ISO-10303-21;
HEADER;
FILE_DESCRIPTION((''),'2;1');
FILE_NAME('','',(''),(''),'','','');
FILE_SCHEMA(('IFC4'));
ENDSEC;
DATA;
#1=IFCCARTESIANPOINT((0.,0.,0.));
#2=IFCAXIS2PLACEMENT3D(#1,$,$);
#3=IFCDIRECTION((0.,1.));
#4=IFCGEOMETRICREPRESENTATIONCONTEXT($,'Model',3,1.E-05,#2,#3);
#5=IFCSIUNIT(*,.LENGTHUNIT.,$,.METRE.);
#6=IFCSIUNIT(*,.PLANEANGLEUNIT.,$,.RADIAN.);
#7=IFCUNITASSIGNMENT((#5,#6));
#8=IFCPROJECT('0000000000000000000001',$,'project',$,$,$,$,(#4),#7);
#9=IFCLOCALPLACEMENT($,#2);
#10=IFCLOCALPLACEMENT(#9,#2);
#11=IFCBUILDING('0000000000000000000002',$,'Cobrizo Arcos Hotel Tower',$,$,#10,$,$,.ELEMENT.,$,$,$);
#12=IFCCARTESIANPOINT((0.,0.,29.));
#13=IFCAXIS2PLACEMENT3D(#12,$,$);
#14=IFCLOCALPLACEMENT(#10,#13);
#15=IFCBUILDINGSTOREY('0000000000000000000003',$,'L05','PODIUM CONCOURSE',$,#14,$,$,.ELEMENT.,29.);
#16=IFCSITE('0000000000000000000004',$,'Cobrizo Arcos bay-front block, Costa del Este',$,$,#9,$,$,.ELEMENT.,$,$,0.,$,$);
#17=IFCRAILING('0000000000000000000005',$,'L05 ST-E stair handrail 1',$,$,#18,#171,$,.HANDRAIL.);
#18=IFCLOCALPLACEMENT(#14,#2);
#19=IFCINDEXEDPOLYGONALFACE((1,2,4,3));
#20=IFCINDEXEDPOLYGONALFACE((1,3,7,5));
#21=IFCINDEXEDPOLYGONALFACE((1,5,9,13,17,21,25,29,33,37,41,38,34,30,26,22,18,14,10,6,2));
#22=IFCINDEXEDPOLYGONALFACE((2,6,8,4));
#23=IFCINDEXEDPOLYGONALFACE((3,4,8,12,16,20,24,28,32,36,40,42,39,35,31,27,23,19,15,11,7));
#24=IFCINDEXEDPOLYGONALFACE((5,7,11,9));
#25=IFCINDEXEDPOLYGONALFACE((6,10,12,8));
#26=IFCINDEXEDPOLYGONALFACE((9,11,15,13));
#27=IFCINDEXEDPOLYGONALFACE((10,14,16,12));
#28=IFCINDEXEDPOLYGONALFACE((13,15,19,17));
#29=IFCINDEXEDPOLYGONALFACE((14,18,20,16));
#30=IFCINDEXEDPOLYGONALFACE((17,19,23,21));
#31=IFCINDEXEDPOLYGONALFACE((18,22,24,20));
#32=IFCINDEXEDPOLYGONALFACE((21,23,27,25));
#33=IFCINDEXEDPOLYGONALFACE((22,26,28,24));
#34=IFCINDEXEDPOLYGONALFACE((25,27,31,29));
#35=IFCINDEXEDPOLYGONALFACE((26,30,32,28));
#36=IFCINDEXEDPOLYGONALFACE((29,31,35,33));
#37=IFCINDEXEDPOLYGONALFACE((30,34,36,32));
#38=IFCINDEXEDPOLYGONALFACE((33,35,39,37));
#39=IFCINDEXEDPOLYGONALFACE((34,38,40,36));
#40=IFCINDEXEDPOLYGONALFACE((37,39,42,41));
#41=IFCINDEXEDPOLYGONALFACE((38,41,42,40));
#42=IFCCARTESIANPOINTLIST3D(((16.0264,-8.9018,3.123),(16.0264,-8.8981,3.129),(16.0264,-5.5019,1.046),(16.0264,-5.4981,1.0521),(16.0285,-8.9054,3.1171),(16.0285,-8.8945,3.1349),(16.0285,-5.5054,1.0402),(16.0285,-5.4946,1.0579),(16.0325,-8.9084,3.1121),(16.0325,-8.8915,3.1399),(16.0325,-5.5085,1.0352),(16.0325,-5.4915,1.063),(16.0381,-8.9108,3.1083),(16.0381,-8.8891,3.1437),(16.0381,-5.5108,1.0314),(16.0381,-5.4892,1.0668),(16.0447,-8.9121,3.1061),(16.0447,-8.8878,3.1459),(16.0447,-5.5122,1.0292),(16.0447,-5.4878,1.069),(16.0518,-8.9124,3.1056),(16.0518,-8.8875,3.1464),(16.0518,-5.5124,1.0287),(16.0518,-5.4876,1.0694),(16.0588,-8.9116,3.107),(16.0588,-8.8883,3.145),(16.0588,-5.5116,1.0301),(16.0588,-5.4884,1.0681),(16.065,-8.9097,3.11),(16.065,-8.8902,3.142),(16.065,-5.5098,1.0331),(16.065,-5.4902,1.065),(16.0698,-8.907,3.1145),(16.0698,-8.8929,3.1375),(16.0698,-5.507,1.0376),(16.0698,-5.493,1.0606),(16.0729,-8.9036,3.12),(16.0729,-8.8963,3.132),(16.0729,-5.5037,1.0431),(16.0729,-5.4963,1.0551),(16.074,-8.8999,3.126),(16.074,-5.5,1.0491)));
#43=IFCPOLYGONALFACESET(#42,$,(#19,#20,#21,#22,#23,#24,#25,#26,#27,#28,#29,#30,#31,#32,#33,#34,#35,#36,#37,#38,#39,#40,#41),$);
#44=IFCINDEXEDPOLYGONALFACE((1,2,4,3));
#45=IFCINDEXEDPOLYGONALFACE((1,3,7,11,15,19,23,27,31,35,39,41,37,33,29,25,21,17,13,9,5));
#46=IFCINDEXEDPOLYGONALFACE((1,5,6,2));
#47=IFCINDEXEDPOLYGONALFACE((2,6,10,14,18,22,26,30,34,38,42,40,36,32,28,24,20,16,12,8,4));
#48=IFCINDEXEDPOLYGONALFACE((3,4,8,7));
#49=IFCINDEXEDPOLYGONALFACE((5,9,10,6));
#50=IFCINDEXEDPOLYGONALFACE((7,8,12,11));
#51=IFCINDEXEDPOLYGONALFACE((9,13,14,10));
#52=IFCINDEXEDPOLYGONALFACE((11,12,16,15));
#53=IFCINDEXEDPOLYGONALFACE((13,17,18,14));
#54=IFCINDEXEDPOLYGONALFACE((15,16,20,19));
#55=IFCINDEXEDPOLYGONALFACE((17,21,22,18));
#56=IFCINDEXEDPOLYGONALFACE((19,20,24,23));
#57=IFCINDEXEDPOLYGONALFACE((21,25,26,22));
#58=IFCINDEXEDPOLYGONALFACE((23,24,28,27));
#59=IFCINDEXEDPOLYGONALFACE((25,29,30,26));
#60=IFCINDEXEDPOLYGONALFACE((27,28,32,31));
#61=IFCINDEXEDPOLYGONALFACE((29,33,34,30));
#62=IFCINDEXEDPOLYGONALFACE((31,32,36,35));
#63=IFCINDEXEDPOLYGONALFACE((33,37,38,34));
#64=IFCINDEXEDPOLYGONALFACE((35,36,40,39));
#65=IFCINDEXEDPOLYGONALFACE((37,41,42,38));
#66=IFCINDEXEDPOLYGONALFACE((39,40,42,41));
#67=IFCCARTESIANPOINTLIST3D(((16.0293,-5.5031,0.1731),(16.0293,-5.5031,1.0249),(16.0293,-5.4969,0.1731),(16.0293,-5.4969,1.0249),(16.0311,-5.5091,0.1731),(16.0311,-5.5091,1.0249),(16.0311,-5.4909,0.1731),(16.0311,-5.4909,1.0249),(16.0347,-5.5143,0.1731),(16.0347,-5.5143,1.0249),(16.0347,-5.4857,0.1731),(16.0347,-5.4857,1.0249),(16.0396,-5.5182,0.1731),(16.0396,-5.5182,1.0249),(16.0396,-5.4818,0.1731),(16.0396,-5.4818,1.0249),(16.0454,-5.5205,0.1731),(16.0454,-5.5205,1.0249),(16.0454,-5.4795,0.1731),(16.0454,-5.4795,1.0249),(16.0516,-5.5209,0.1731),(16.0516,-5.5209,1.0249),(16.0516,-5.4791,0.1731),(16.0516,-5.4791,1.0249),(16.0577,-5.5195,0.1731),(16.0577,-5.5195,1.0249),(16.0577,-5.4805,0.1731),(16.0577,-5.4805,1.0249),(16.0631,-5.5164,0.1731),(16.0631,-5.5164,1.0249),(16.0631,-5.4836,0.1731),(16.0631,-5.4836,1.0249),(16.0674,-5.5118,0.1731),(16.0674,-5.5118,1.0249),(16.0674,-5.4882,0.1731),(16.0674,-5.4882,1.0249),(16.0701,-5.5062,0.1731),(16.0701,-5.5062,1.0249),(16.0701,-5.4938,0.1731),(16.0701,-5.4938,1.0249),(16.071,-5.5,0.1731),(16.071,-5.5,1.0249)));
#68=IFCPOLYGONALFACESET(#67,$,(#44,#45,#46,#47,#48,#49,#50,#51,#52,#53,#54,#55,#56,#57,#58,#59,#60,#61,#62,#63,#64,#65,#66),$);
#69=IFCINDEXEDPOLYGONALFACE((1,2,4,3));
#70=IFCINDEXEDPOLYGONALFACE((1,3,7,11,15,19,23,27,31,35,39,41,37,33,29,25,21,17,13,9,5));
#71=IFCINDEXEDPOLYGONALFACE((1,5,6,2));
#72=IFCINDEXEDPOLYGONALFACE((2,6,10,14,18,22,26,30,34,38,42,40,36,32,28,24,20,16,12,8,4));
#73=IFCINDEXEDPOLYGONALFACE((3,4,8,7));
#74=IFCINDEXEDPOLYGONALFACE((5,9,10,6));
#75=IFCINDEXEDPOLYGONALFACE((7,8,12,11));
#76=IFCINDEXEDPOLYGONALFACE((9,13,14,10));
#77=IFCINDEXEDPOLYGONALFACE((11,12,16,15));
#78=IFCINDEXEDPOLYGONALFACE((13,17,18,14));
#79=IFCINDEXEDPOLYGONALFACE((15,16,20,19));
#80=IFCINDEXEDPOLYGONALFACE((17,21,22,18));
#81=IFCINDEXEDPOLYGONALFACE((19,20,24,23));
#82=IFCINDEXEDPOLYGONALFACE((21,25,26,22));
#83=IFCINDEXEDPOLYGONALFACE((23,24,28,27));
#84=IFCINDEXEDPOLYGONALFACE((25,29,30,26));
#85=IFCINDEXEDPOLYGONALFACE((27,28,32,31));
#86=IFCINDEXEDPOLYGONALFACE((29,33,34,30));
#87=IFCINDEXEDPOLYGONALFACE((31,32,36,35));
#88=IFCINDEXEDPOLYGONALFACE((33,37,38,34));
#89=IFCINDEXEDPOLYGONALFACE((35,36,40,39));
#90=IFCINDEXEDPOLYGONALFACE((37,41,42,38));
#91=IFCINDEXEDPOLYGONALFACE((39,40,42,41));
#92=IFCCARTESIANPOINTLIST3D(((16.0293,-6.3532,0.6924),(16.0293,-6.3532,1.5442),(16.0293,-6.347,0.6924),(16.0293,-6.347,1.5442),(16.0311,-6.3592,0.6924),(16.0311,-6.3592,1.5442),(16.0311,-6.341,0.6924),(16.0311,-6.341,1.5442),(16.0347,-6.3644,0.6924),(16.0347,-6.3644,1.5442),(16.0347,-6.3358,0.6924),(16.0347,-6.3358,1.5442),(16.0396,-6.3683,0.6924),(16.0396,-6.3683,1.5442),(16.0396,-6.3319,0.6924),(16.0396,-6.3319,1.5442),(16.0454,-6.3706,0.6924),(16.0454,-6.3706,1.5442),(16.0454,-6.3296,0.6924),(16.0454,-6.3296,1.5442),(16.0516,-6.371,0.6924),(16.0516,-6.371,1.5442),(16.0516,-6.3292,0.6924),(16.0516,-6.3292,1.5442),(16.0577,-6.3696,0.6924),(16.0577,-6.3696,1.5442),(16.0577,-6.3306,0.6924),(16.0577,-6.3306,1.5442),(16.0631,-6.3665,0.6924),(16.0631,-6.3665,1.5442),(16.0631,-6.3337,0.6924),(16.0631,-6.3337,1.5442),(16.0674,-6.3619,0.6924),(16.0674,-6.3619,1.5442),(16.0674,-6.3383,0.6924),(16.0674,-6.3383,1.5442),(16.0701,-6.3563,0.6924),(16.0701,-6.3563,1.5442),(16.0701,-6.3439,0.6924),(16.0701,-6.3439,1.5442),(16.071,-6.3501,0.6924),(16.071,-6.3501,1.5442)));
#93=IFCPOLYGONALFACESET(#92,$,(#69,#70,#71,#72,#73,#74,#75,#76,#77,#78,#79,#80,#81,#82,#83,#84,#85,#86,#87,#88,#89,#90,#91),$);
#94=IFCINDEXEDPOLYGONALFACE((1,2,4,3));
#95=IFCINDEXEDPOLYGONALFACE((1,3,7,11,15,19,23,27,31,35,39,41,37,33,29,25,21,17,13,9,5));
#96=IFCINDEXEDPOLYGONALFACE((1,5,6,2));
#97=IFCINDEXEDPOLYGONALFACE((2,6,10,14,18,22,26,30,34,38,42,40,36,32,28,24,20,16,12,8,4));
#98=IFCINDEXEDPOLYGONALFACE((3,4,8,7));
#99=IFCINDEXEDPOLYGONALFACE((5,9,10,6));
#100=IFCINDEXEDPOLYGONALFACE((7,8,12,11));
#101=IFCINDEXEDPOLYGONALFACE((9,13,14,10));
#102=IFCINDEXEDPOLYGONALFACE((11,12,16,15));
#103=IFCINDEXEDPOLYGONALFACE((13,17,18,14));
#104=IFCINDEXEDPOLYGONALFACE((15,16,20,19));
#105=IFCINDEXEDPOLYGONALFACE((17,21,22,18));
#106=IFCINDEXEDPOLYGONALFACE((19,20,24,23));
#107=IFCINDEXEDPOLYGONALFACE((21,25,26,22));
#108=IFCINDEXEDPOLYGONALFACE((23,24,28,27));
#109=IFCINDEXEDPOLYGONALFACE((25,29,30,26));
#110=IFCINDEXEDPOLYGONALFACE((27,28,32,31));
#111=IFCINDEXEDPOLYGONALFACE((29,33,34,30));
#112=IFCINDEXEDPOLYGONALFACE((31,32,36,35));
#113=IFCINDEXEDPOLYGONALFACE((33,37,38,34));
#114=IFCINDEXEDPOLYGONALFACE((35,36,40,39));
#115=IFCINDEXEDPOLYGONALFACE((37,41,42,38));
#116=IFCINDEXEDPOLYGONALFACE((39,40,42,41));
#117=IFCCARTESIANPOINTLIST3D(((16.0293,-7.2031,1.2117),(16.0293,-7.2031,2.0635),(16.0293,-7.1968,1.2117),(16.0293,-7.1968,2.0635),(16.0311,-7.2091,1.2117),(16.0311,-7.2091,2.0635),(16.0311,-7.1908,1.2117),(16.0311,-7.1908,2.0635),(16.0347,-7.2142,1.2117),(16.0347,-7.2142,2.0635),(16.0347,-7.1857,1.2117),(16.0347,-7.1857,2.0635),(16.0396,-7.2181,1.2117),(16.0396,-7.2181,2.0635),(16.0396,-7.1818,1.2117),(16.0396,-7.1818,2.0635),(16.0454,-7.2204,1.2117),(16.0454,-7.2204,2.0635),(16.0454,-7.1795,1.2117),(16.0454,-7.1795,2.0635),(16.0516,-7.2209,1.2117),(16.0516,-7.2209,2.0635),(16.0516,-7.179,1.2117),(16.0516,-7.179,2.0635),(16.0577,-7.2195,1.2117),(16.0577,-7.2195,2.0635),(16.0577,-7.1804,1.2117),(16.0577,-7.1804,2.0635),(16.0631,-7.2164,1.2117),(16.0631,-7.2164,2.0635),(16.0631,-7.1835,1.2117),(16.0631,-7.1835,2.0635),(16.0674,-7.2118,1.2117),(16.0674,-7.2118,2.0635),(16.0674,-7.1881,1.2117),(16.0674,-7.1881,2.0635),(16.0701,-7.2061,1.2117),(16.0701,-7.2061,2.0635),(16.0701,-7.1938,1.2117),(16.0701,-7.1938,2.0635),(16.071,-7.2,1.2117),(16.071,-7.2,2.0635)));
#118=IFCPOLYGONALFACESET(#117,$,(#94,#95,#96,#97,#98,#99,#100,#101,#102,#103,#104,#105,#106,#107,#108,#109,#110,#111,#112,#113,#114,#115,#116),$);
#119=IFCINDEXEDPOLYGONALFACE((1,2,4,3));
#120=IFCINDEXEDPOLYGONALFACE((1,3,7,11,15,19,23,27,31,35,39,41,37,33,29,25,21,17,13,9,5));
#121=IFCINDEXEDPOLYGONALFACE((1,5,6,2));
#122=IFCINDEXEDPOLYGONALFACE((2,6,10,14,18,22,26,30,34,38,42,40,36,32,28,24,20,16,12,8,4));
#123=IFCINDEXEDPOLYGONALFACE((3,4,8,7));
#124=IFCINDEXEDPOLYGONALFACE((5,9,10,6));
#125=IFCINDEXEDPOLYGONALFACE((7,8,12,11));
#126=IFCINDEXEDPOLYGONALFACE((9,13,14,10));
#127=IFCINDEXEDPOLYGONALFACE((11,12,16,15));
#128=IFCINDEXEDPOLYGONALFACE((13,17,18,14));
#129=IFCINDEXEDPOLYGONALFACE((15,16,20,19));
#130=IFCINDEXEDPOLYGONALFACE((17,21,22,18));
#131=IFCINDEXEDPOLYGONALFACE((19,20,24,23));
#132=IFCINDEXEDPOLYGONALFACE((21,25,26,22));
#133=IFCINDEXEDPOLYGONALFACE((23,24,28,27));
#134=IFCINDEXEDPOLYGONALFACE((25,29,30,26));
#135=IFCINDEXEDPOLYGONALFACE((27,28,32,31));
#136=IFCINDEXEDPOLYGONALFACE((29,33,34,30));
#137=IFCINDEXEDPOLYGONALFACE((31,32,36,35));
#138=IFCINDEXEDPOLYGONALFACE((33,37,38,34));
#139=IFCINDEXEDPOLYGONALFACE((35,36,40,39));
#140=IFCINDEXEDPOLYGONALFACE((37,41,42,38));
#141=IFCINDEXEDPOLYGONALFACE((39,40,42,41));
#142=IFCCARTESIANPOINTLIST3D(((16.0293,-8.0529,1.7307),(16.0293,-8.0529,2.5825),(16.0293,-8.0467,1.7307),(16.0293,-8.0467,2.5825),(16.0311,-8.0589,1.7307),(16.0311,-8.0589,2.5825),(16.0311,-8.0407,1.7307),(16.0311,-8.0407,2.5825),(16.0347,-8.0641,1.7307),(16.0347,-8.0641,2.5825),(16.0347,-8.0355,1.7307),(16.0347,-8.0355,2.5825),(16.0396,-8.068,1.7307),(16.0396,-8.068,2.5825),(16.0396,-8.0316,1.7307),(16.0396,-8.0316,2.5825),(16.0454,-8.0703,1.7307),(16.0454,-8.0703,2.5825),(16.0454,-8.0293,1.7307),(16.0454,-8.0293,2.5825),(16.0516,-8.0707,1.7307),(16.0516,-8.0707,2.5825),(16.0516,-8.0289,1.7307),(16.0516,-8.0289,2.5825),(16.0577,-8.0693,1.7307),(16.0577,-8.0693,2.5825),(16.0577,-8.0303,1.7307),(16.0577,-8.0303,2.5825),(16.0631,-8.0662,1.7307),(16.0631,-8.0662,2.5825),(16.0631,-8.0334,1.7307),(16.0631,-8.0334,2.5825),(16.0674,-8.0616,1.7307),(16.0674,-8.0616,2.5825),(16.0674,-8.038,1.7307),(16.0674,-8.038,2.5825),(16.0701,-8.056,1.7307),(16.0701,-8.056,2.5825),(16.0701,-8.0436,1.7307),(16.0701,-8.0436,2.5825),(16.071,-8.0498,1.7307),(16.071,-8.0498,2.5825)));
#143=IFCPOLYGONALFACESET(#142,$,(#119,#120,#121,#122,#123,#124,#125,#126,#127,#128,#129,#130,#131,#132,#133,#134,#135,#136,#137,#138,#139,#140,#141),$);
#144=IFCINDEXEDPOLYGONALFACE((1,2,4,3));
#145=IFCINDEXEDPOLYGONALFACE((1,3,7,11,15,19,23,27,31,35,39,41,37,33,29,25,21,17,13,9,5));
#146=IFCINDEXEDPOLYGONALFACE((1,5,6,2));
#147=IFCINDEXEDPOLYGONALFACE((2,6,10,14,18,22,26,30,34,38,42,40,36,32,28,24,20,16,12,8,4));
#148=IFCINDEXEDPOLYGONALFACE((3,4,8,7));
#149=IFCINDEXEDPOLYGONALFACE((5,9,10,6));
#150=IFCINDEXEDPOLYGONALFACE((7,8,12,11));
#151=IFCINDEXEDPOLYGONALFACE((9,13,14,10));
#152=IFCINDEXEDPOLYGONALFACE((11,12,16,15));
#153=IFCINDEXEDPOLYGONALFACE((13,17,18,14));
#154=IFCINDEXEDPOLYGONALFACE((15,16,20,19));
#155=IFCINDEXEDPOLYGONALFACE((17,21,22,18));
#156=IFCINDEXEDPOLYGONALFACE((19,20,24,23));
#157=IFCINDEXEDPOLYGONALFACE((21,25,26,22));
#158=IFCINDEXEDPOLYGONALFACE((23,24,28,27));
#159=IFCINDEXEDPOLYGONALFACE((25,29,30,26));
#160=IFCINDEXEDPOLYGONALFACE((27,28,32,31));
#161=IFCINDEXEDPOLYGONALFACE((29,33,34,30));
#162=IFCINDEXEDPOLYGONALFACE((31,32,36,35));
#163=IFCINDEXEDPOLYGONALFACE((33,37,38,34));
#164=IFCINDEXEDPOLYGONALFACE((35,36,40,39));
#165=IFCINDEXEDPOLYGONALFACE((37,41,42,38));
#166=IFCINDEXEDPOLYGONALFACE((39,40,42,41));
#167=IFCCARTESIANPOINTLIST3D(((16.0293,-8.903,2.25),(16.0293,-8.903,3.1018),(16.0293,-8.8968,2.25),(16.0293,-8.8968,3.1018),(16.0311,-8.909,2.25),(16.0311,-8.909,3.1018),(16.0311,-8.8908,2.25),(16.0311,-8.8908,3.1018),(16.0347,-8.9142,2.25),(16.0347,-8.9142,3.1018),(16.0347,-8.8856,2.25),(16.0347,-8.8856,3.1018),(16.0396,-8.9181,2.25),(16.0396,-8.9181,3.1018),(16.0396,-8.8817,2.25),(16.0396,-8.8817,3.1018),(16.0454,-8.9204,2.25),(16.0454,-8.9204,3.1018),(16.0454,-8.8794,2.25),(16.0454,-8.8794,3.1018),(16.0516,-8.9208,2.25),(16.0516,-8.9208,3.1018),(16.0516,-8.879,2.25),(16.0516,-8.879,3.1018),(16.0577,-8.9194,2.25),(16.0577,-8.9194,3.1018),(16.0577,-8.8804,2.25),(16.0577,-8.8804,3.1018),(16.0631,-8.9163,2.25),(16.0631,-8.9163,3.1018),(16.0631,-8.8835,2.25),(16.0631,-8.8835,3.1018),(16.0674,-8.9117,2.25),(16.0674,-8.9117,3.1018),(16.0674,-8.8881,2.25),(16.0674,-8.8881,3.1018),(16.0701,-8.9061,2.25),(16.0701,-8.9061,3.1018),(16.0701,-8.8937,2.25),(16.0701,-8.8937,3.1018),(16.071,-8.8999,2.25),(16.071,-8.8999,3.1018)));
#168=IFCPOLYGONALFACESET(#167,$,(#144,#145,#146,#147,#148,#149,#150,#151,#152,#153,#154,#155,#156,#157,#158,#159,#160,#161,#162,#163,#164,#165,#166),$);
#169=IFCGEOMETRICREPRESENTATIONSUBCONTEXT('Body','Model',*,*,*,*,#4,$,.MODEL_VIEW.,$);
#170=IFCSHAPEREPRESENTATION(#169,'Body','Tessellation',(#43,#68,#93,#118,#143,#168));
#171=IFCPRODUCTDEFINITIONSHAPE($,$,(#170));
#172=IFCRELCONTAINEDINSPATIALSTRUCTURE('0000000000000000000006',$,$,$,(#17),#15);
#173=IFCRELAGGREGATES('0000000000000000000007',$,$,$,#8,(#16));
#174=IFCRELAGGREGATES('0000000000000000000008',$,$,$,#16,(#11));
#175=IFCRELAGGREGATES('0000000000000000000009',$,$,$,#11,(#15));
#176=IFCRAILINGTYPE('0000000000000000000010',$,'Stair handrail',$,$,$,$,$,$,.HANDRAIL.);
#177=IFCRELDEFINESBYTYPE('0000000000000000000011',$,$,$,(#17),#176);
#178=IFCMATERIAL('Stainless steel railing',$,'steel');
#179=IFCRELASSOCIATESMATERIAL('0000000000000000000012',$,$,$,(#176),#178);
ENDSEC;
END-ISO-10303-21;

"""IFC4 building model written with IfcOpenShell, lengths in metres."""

from ifc_helpers import new_model, si_unit, direction, frame, origin, origin_2d, place, context, subcontext, project, spatial, circle, extrude, material, type_object, element, save


model = new_model("IFC4")

# Units and contexts
model_context = context("Model", 3, precision=1e-05, world=origin(), true_north=direction((0.0, 1.0)))
body_context = subcontext(model_context, "Body", "Model", "MODEL_VIEW")
ifc_project = project(units=[si_unit("LENGTHUNIT", "METRE"), si_unit("PLANEANGLEUNIT", "RADIAN")], contexts=[model_context])

# Site, building, storey
site_placement = place(None, origin())
site = spatial("IfcSite", under=ifc_project, at=site_placement, Name="Cobrizo Arcos bay-front block, Costa del Este", CompositionType="ELEMENT", RefElevation=0.0)
building_placement = place(site_placement, origin())
building = spatial("IfcBuilding", under=site, at=building_placement, Name="Cobrizo Arcos Hotel Tower", CompositionType="ELEMENT")
storey_placement = place(building_placement, frame((0.0, 0.0, 29.0)))
storey = spatial("IfcBuildingStorey", under=building, at=storey_placement, Name="L05", Description="PODIUM CONCOURSE", CompositionType="ELEMENT", Elevation=29.0)

# Railing
ifc_material_1 = material(Name="Stainless steel railing", Category="steel")
railing_type_1 = type_object("IfcRailingType", Name="Stair handrail", PredefinedType="HANDRAIL", material=ifc_material_1)
railing_1_placement = place(storey_placement, frame((16.05, -5.5, 0.1731)))
element("IfcRailing", 1, at=railing_1_placement, inside=storey, type_object=railing_type_1, Name="L05 ST-E stair handrail 1", PredefinedType="HANDRAIL", context=body_context, shape_type="SweptSolid", body=[
    extrude(circle(Radius=0.0239, at=origin_2d()), frame((0.0, 0.0, 0.876), z_axis=(0.0, -0.853373, 0.521301), x_axis=(1.0, 0.0, 0.0)), (0.0, 0.0, 1.0), 3.9841),
    extrude(circle(Radius=0.021, at=origin_2d()), origin(), (0.0, 0.0, 1.0), 0.8518),
    extrude(circle(Radius=0.021, at=origin_2d()), frame((0.0, -0.8501, 0.5193)), (0.0, 0.0, 1.0), 0.8518),
    extrude(circle(Radius=0.021, at=origin_2d()), frame((0.0, -1.7, 1.0386)), (0.0, 0.0, 1.0), 0.8518),
    extrude(circle(Radius=0.021, at=origin_2d()), frame((0.0, -2.5498, 1.5576)), (0.0, 0.0, 1.0), 0.8518),
    extrude(circle(Radius=0.021, at=origin_2d()), frame((0.0, -3.3999, 2.0769)), (0.0, 0.0, 1.0), 0.8518),
])

save(model, "model.ifc")
